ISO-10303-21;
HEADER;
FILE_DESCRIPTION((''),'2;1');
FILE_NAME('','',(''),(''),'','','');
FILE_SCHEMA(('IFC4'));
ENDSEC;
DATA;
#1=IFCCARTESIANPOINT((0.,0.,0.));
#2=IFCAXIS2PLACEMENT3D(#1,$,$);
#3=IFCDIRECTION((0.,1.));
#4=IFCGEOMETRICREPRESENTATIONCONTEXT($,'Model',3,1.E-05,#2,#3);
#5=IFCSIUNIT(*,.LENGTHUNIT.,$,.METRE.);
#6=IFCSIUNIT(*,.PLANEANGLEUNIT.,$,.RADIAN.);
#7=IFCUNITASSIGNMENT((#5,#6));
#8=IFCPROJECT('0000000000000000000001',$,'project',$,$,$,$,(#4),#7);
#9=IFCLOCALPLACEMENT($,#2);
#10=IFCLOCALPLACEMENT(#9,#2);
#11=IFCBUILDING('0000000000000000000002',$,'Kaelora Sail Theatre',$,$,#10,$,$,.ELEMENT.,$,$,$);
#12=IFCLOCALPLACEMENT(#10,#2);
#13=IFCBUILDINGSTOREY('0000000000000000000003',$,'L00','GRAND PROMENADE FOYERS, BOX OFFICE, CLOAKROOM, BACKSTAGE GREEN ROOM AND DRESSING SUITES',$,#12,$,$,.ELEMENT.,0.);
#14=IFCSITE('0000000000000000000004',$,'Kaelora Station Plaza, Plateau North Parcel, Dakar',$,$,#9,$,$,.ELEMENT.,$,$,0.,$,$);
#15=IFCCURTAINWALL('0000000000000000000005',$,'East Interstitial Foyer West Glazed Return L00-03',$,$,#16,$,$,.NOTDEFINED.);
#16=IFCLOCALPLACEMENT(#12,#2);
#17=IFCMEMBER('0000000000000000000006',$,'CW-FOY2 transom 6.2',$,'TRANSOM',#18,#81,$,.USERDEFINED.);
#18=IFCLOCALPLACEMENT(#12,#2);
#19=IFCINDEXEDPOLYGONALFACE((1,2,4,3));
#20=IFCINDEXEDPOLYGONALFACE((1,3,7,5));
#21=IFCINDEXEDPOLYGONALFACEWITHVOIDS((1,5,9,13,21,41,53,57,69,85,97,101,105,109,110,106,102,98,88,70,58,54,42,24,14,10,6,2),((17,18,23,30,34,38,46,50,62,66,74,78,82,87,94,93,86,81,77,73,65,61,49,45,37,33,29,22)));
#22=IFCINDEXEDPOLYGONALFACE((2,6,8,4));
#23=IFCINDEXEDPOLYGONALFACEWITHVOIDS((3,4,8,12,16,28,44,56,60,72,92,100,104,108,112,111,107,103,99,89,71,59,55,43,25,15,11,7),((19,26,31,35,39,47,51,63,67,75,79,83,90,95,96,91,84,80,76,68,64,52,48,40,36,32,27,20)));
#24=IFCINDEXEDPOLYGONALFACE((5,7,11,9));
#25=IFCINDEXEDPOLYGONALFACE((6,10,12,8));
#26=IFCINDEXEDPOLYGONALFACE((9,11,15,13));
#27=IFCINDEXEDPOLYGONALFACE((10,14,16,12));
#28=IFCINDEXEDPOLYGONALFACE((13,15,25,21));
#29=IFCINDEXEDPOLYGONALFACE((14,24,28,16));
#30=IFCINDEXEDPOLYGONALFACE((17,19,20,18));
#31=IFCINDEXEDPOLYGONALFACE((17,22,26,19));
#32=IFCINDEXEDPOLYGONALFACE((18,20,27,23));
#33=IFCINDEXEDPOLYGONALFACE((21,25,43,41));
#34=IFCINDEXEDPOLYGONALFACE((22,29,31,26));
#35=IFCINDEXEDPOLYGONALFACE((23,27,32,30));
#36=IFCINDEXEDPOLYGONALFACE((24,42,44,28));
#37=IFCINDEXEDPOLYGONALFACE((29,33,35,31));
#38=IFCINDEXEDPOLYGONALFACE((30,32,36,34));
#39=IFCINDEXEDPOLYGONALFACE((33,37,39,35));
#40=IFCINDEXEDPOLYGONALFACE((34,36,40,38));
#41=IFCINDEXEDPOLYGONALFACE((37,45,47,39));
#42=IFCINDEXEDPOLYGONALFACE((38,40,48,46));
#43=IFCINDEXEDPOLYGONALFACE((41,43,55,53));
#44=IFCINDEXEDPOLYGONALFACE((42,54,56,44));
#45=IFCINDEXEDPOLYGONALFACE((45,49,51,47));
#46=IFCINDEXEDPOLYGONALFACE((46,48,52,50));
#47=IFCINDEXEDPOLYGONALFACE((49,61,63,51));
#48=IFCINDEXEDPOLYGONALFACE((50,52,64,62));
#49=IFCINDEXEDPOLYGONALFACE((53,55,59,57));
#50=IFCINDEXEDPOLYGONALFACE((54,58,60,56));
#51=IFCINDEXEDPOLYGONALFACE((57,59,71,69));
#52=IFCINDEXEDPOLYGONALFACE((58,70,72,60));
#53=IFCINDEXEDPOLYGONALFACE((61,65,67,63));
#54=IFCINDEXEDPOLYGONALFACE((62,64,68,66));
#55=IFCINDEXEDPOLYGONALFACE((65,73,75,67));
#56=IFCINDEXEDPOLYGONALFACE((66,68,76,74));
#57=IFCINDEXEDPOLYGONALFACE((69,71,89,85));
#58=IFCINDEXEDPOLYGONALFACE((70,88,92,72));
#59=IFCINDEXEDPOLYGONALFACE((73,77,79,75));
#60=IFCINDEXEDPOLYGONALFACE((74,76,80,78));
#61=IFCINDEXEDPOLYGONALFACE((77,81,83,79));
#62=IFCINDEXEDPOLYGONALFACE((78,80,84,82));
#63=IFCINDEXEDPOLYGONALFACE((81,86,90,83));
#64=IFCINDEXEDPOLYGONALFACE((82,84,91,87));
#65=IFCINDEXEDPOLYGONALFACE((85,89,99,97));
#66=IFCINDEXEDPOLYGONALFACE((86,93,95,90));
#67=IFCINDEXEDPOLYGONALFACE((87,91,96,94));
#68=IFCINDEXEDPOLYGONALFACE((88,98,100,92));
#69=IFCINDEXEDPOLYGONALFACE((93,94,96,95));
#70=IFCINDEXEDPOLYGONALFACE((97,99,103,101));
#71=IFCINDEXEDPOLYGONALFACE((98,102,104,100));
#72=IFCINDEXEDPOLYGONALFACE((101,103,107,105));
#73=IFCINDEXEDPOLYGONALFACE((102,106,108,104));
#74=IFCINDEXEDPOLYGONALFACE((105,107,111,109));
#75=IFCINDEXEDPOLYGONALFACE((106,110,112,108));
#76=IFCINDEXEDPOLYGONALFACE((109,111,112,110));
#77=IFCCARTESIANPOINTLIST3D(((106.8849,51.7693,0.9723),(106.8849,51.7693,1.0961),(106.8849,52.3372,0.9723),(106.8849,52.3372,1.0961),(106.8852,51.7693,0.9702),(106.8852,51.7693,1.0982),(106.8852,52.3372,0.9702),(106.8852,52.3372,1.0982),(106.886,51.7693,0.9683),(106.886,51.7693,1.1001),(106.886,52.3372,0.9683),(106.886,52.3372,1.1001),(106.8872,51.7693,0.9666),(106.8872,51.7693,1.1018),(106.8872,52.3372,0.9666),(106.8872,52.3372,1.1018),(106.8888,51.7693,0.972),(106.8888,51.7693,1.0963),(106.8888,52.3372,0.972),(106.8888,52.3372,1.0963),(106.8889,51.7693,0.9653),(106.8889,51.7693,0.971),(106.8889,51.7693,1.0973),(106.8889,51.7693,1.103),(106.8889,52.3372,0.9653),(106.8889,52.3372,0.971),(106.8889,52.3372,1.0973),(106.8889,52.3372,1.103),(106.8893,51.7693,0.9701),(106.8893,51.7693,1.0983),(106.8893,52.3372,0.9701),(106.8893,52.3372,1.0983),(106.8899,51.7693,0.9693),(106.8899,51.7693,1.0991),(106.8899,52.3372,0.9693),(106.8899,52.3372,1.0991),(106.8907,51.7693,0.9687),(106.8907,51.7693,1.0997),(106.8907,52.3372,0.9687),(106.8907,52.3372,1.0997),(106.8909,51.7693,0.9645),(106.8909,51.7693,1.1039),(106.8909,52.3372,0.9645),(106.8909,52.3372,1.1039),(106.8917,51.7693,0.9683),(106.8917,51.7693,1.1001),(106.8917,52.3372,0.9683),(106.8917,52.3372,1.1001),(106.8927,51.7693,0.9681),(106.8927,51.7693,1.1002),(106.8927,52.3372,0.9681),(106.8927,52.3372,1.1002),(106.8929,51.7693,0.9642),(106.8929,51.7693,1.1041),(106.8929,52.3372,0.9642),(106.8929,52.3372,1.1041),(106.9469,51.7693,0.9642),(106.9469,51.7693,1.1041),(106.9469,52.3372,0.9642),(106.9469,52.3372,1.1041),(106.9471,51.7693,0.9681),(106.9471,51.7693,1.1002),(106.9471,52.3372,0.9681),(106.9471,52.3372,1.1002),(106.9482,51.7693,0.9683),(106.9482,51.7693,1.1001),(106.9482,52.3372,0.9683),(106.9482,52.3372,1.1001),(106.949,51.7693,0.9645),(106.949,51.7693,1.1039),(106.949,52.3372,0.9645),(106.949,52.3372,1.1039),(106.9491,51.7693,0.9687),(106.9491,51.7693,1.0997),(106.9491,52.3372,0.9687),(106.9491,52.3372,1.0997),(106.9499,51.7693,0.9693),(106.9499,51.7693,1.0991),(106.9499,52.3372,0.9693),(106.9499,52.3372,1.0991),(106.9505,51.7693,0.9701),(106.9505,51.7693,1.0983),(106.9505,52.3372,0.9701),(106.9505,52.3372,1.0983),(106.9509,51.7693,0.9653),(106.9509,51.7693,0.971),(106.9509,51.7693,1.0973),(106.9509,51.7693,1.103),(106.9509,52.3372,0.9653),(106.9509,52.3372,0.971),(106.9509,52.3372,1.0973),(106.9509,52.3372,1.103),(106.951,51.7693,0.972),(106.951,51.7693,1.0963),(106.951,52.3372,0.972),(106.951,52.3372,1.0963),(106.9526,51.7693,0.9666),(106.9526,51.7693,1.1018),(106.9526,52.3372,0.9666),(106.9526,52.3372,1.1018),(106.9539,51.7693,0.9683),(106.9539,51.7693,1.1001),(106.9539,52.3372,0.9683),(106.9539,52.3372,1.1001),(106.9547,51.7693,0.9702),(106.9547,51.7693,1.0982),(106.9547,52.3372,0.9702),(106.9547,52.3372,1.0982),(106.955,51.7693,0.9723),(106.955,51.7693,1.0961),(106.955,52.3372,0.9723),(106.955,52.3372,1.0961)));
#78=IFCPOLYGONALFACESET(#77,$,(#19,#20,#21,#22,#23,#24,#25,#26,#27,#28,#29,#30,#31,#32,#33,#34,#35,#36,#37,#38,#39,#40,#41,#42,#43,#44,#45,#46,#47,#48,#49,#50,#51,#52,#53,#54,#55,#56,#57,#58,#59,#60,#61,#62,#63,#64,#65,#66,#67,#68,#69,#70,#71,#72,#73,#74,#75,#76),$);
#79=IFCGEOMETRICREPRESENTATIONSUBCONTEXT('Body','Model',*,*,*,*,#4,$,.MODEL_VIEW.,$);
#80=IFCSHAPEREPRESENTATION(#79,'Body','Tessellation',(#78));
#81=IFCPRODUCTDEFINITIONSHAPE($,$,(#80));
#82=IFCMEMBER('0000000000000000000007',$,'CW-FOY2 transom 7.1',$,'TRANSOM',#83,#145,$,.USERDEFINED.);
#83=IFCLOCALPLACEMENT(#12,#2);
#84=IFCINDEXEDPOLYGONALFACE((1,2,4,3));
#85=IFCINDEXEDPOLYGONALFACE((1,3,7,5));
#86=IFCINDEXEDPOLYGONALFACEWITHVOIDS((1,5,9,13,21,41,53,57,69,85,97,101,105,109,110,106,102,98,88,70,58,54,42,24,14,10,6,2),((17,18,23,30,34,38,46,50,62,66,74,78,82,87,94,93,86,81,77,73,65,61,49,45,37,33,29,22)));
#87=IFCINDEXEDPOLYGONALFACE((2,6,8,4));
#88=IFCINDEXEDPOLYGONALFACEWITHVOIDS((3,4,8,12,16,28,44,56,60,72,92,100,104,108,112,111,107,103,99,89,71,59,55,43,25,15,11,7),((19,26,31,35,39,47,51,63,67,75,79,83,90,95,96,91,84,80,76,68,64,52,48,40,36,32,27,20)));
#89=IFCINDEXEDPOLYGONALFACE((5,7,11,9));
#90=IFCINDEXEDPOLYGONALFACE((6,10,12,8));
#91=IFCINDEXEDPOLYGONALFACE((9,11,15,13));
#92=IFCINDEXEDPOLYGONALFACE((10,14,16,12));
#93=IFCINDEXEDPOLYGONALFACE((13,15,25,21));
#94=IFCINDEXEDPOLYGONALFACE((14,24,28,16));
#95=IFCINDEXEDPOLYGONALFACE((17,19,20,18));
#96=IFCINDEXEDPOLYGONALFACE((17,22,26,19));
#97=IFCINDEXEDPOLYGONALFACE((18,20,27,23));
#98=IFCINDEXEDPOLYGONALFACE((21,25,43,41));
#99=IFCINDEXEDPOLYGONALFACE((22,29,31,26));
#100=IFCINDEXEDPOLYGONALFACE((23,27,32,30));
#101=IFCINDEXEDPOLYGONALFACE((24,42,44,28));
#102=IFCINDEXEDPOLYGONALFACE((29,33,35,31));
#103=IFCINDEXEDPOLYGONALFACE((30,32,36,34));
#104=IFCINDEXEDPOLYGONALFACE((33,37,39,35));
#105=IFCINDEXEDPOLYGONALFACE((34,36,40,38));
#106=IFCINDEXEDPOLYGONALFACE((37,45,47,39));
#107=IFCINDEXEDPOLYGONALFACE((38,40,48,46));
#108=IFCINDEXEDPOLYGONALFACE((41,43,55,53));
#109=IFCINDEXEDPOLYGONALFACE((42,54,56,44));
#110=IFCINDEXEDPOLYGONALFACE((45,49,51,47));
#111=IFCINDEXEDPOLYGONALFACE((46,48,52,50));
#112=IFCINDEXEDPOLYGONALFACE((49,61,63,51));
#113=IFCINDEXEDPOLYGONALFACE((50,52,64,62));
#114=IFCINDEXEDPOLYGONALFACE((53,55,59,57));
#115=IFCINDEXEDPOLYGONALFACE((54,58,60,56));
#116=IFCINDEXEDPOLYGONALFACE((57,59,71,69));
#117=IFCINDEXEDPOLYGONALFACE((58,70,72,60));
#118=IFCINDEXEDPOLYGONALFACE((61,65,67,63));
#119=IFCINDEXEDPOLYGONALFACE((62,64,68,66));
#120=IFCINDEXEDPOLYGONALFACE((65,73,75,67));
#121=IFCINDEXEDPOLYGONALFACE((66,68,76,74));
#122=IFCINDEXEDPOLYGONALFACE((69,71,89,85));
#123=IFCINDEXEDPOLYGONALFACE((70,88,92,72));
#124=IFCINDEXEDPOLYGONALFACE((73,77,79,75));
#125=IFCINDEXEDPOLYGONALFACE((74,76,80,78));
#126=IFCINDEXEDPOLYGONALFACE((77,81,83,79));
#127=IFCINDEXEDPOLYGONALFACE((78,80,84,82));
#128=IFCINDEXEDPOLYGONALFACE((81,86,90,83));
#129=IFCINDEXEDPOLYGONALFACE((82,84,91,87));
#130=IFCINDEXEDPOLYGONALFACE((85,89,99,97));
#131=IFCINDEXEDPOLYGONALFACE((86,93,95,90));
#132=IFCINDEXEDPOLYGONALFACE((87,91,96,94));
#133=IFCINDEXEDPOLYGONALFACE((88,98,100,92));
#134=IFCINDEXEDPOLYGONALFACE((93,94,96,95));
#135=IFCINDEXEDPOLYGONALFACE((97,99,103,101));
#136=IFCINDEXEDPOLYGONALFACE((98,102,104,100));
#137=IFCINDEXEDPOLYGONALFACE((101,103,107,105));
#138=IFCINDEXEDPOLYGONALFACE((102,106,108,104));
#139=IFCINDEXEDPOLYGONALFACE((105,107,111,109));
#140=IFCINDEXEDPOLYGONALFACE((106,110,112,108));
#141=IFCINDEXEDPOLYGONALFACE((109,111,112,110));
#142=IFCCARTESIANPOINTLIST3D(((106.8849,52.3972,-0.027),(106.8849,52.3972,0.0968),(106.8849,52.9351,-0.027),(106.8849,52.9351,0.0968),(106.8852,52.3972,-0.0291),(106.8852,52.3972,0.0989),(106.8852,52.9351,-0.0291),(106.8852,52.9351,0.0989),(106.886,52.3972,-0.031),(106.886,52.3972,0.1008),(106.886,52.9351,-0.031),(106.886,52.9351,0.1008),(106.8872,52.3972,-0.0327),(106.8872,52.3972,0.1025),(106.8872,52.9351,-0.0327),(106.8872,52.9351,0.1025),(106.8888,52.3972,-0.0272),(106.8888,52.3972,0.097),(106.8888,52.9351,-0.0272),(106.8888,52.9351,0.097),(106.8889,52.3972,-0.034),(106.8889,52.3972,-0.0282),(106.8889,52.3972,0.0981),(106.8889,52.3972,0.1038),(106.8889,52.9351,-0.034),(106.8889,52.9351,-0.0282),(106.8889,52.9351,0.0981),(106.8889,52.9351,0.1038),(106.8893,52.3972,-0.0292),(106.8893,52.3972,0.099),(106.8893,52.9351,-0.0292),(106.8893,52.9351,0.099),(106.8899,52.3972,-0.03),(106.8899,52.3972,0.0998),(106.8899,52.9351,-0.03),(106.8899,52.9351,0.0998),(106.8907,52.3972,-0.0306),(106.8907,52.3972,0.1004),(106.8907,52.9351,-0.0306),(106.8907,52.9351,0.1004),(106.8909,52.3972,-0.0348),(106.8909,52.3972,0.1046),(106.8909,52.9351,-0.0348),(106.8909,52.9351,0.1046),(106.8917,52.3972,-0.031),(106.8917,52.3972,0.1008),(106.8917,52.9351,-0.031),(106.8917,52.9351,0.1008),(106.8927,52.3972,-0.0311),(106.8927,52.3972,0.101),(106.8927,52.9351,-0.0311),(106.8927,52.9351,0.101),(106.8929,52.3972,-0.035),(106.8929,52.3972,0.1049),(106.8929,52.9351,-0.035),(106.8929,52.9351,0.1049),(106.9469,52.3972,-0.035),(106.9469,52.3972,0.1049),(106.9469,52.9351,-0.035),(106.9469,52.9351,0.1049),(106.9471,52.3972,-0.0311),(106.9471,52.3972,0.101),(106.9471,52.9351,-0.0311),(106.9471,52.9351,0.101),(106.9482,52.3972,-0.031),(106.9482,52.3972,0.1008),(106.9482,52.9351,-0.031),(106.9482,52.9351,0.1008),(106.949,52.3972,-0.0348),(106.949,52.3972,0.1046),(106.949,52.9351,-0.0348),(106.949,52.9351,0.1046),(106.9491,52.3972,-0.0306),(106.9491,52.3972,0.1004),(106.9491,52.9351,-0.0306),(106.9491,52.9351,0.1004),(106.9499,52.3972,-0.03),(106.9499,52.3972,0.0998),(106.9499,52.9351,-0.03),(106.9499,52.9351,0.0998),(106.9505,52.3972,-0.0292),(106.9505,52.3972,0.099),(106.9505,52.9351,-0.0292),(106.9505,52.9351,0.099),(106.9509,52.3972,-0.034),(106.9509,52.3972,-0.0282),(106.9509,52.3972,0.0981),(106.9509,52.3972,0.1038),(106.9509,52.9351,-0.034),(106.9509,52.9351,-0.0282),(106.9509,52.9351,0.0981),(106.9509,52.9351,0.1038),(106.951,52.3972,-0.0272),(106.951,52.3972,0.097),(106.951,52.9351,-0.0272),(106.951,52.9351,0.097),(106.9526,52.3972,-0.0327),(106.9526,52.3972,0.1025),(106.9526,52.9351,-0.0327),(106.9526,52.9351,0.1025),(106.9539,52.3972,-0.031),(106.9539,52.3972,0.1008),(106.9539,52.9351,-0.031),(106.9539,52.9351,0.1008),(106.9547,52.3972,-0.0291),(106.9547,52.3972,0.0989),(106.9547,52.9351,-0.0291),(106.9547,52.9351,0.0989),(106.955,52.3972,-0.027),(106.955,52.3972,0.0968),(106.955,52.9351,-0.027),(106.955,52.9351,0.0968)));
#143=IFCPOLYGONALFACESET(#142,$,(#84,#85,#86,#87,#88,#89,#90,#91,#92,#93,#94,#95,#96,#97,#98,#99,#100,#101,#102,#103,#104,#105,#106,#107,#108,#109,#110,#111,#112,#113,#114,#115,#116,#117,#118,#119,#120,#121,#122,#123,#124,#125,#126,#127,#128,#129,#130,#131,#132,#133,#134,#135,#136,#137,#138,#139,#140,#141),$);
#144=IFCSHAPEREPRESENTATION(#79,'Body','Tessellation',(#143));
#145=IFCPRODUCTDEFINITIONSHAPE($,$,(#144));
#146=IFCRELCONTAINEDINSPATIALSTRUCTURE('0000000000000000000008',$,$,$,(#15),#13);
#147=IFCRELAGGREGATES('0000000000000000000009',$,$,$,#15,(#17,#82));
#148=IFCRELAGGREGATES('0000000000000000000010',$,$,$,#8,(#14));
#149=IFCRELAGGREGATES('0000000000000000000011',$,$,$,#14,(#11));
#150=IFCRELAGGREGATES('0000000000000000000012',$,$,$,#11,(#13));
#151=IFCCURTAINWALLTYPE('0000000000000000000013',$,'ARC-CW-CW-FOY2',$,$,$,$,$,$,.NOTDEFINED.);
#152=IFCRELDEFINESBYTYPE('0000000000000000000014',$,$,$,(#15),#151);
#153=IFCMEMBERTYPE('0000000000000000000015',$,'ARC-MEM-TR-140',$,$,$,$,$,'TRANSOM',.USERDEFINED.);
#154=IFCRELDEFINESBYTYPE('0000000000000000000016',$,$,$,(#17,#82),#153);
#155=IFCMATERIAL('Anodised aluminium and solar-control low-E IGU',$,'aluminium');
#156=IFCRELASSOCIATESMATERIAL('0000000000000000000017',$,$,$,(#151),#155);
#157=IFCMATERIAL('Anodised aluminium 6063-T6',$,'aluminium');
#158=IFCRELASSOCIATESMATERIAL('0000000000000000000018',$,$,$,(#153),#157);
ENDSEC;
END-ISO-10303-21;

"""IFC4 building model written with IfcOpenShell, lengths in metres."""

from ifc_helpers import new_model, si_unit, direction, frame, origin, origin_2d, place, context, subcontext, project, spatial, hollow_rectangle, extrude, material, material_profile, profile_set, type_object, element, aggregate, save


model = new_model("IFC4")

# Units and contexts
model_context = context("Model", 3, precision=1e-05, world=origin(), true_north=direction((0.0, 1.0)))
body_context = subcontext(model_context, "Body", "Model", "MODEL_VIEW")
ifc_project = project(units=[si_unit("LENGTHUNIT", "METRE"), si_unit("PLANEANGLEUNIT", "RADIAN")], contexts=[model_context])

# Site, building, storey
site_placement = place(None, origin())
site = spatial("IfcSite", under=ifc_project, at=site_placement, Name="Kaelora Station Plaza, Plateau North Parcel, Dakar", CompositionType="ELEMENT", RefElevation=0.0)
building_placement = place(site_placement, origin())
building = spatial("IfcBuilding", under=site, at=building_placement, Name="Kaelora Sail Theatre", CompositionType="ELEMENT")
storey_placement = place(building_placement, origin())
storey = spatial("IfcBuildingStorey", under=building, at=storey_placement, Name="L00", Description="GRAND PROMENADE FOYERS, BOX OFFICE, CLOAKROOM, BACKSTAGE GREEN ROOM AND DRESSING SUITES", CompositionType="ELEMENT", Elevation=0.0)

# Curtain wall
ifc_material_1 = material(Name="Anodised aluminium and solar-control low-E IGU", Category="aluminium")
curtain_wall_type = type_object("IfcCurtainWallType", Name="ARC-CW-CW-FOY2", PredefinedType="NOTDEFINED", material=ifc_material_1)
curtain_wall_1_placement = place(storey_placement, origin())
curtain_wall_1 = element("IfcCurtainWall", 1, at=curtain_wall_1_placement, inside=storey, type_object=curtain_wall_type, Name="East Interstitial Foyer West Glazed Return L00-03", PredefinedType="NOTDEFINED")

# Members
ifc_material_2 = material(Name="Anodised aluminium 6063-T6", Category="aluminium")
ifc_material_profile_1 = material_profile(ifc_material_2, hollow_rectangle(XDim=0.0701, YDim=0.1399, WallThickness=0.0039, InnerFilletRadius=0.0039, OuterFilletRadius=0.0081, at=origin_2d()), Name="ALU-TRAN 70x140x4")
ifc_profile_set_1 = profile_set([ifc_material_profile_1], Name="Anodised aluminium 6063-T6")
member_type_1 = type_object("IfcMemberType", Name="ARC-MEM-TR-140", ElementType="TRANSOM", PredefinedType="USERDEFINED", material=ifc_profile_set_1)
member_1_placement = place(storey_placement, frame((106.9199, 51.7693, 1.0342), z_axis=(0.0, 1.0, 0.0), x_axis=(-1.0, 0.0, 0.0)))
member_1 = element("IfcMember", 2, at=member_1_placement, type_object=member_type_1, Name="CW-FOY2 transom 6.2", ObjectType="TRANSOM", PredefinedType="USERDEFINED", context=body_context, shape_type="SweptSolid", body=[
    extrude(hollow_rectangle(XDim=0.0701, YDim=0.1399, WallThickness=0.0039, InnerFilletRadius=0.0039, OuterFilletRadius=0.0081, at=origin_2d()), origin(), (0.0, 0.0, 1.0), 0.5679),
])
member_2_placement = place(storey_placement, frame((106.9199, 52.3972, 0.0349), z_axis=(0.0, 1.0, 0.0), x_axis=(-1.0, 0.0, 0.0)))
member_2 = element("IfcMember", 3, at=member_2_placement, type_object=member_type_1, Name="CW-FOY2 transom 7.1", ObjectType="TRANSOM", PredefinedType="USERDEFINED", context=body_context, shape_type="SweptSolid", body=[
    extrude(hollow_rectangle(XDim=0.0701, YDim=0.1399, WallThickness=0.0039, InnerFilletRadius=0.0039, OuterFilletRadius=0.0081, at=origin_2d()), origin(), (0.0, 0.0, 1.0), 0.5378),
])

aggregate(curtain_wall_1, [member_1, member_2])

save(model, "model.ifc")
